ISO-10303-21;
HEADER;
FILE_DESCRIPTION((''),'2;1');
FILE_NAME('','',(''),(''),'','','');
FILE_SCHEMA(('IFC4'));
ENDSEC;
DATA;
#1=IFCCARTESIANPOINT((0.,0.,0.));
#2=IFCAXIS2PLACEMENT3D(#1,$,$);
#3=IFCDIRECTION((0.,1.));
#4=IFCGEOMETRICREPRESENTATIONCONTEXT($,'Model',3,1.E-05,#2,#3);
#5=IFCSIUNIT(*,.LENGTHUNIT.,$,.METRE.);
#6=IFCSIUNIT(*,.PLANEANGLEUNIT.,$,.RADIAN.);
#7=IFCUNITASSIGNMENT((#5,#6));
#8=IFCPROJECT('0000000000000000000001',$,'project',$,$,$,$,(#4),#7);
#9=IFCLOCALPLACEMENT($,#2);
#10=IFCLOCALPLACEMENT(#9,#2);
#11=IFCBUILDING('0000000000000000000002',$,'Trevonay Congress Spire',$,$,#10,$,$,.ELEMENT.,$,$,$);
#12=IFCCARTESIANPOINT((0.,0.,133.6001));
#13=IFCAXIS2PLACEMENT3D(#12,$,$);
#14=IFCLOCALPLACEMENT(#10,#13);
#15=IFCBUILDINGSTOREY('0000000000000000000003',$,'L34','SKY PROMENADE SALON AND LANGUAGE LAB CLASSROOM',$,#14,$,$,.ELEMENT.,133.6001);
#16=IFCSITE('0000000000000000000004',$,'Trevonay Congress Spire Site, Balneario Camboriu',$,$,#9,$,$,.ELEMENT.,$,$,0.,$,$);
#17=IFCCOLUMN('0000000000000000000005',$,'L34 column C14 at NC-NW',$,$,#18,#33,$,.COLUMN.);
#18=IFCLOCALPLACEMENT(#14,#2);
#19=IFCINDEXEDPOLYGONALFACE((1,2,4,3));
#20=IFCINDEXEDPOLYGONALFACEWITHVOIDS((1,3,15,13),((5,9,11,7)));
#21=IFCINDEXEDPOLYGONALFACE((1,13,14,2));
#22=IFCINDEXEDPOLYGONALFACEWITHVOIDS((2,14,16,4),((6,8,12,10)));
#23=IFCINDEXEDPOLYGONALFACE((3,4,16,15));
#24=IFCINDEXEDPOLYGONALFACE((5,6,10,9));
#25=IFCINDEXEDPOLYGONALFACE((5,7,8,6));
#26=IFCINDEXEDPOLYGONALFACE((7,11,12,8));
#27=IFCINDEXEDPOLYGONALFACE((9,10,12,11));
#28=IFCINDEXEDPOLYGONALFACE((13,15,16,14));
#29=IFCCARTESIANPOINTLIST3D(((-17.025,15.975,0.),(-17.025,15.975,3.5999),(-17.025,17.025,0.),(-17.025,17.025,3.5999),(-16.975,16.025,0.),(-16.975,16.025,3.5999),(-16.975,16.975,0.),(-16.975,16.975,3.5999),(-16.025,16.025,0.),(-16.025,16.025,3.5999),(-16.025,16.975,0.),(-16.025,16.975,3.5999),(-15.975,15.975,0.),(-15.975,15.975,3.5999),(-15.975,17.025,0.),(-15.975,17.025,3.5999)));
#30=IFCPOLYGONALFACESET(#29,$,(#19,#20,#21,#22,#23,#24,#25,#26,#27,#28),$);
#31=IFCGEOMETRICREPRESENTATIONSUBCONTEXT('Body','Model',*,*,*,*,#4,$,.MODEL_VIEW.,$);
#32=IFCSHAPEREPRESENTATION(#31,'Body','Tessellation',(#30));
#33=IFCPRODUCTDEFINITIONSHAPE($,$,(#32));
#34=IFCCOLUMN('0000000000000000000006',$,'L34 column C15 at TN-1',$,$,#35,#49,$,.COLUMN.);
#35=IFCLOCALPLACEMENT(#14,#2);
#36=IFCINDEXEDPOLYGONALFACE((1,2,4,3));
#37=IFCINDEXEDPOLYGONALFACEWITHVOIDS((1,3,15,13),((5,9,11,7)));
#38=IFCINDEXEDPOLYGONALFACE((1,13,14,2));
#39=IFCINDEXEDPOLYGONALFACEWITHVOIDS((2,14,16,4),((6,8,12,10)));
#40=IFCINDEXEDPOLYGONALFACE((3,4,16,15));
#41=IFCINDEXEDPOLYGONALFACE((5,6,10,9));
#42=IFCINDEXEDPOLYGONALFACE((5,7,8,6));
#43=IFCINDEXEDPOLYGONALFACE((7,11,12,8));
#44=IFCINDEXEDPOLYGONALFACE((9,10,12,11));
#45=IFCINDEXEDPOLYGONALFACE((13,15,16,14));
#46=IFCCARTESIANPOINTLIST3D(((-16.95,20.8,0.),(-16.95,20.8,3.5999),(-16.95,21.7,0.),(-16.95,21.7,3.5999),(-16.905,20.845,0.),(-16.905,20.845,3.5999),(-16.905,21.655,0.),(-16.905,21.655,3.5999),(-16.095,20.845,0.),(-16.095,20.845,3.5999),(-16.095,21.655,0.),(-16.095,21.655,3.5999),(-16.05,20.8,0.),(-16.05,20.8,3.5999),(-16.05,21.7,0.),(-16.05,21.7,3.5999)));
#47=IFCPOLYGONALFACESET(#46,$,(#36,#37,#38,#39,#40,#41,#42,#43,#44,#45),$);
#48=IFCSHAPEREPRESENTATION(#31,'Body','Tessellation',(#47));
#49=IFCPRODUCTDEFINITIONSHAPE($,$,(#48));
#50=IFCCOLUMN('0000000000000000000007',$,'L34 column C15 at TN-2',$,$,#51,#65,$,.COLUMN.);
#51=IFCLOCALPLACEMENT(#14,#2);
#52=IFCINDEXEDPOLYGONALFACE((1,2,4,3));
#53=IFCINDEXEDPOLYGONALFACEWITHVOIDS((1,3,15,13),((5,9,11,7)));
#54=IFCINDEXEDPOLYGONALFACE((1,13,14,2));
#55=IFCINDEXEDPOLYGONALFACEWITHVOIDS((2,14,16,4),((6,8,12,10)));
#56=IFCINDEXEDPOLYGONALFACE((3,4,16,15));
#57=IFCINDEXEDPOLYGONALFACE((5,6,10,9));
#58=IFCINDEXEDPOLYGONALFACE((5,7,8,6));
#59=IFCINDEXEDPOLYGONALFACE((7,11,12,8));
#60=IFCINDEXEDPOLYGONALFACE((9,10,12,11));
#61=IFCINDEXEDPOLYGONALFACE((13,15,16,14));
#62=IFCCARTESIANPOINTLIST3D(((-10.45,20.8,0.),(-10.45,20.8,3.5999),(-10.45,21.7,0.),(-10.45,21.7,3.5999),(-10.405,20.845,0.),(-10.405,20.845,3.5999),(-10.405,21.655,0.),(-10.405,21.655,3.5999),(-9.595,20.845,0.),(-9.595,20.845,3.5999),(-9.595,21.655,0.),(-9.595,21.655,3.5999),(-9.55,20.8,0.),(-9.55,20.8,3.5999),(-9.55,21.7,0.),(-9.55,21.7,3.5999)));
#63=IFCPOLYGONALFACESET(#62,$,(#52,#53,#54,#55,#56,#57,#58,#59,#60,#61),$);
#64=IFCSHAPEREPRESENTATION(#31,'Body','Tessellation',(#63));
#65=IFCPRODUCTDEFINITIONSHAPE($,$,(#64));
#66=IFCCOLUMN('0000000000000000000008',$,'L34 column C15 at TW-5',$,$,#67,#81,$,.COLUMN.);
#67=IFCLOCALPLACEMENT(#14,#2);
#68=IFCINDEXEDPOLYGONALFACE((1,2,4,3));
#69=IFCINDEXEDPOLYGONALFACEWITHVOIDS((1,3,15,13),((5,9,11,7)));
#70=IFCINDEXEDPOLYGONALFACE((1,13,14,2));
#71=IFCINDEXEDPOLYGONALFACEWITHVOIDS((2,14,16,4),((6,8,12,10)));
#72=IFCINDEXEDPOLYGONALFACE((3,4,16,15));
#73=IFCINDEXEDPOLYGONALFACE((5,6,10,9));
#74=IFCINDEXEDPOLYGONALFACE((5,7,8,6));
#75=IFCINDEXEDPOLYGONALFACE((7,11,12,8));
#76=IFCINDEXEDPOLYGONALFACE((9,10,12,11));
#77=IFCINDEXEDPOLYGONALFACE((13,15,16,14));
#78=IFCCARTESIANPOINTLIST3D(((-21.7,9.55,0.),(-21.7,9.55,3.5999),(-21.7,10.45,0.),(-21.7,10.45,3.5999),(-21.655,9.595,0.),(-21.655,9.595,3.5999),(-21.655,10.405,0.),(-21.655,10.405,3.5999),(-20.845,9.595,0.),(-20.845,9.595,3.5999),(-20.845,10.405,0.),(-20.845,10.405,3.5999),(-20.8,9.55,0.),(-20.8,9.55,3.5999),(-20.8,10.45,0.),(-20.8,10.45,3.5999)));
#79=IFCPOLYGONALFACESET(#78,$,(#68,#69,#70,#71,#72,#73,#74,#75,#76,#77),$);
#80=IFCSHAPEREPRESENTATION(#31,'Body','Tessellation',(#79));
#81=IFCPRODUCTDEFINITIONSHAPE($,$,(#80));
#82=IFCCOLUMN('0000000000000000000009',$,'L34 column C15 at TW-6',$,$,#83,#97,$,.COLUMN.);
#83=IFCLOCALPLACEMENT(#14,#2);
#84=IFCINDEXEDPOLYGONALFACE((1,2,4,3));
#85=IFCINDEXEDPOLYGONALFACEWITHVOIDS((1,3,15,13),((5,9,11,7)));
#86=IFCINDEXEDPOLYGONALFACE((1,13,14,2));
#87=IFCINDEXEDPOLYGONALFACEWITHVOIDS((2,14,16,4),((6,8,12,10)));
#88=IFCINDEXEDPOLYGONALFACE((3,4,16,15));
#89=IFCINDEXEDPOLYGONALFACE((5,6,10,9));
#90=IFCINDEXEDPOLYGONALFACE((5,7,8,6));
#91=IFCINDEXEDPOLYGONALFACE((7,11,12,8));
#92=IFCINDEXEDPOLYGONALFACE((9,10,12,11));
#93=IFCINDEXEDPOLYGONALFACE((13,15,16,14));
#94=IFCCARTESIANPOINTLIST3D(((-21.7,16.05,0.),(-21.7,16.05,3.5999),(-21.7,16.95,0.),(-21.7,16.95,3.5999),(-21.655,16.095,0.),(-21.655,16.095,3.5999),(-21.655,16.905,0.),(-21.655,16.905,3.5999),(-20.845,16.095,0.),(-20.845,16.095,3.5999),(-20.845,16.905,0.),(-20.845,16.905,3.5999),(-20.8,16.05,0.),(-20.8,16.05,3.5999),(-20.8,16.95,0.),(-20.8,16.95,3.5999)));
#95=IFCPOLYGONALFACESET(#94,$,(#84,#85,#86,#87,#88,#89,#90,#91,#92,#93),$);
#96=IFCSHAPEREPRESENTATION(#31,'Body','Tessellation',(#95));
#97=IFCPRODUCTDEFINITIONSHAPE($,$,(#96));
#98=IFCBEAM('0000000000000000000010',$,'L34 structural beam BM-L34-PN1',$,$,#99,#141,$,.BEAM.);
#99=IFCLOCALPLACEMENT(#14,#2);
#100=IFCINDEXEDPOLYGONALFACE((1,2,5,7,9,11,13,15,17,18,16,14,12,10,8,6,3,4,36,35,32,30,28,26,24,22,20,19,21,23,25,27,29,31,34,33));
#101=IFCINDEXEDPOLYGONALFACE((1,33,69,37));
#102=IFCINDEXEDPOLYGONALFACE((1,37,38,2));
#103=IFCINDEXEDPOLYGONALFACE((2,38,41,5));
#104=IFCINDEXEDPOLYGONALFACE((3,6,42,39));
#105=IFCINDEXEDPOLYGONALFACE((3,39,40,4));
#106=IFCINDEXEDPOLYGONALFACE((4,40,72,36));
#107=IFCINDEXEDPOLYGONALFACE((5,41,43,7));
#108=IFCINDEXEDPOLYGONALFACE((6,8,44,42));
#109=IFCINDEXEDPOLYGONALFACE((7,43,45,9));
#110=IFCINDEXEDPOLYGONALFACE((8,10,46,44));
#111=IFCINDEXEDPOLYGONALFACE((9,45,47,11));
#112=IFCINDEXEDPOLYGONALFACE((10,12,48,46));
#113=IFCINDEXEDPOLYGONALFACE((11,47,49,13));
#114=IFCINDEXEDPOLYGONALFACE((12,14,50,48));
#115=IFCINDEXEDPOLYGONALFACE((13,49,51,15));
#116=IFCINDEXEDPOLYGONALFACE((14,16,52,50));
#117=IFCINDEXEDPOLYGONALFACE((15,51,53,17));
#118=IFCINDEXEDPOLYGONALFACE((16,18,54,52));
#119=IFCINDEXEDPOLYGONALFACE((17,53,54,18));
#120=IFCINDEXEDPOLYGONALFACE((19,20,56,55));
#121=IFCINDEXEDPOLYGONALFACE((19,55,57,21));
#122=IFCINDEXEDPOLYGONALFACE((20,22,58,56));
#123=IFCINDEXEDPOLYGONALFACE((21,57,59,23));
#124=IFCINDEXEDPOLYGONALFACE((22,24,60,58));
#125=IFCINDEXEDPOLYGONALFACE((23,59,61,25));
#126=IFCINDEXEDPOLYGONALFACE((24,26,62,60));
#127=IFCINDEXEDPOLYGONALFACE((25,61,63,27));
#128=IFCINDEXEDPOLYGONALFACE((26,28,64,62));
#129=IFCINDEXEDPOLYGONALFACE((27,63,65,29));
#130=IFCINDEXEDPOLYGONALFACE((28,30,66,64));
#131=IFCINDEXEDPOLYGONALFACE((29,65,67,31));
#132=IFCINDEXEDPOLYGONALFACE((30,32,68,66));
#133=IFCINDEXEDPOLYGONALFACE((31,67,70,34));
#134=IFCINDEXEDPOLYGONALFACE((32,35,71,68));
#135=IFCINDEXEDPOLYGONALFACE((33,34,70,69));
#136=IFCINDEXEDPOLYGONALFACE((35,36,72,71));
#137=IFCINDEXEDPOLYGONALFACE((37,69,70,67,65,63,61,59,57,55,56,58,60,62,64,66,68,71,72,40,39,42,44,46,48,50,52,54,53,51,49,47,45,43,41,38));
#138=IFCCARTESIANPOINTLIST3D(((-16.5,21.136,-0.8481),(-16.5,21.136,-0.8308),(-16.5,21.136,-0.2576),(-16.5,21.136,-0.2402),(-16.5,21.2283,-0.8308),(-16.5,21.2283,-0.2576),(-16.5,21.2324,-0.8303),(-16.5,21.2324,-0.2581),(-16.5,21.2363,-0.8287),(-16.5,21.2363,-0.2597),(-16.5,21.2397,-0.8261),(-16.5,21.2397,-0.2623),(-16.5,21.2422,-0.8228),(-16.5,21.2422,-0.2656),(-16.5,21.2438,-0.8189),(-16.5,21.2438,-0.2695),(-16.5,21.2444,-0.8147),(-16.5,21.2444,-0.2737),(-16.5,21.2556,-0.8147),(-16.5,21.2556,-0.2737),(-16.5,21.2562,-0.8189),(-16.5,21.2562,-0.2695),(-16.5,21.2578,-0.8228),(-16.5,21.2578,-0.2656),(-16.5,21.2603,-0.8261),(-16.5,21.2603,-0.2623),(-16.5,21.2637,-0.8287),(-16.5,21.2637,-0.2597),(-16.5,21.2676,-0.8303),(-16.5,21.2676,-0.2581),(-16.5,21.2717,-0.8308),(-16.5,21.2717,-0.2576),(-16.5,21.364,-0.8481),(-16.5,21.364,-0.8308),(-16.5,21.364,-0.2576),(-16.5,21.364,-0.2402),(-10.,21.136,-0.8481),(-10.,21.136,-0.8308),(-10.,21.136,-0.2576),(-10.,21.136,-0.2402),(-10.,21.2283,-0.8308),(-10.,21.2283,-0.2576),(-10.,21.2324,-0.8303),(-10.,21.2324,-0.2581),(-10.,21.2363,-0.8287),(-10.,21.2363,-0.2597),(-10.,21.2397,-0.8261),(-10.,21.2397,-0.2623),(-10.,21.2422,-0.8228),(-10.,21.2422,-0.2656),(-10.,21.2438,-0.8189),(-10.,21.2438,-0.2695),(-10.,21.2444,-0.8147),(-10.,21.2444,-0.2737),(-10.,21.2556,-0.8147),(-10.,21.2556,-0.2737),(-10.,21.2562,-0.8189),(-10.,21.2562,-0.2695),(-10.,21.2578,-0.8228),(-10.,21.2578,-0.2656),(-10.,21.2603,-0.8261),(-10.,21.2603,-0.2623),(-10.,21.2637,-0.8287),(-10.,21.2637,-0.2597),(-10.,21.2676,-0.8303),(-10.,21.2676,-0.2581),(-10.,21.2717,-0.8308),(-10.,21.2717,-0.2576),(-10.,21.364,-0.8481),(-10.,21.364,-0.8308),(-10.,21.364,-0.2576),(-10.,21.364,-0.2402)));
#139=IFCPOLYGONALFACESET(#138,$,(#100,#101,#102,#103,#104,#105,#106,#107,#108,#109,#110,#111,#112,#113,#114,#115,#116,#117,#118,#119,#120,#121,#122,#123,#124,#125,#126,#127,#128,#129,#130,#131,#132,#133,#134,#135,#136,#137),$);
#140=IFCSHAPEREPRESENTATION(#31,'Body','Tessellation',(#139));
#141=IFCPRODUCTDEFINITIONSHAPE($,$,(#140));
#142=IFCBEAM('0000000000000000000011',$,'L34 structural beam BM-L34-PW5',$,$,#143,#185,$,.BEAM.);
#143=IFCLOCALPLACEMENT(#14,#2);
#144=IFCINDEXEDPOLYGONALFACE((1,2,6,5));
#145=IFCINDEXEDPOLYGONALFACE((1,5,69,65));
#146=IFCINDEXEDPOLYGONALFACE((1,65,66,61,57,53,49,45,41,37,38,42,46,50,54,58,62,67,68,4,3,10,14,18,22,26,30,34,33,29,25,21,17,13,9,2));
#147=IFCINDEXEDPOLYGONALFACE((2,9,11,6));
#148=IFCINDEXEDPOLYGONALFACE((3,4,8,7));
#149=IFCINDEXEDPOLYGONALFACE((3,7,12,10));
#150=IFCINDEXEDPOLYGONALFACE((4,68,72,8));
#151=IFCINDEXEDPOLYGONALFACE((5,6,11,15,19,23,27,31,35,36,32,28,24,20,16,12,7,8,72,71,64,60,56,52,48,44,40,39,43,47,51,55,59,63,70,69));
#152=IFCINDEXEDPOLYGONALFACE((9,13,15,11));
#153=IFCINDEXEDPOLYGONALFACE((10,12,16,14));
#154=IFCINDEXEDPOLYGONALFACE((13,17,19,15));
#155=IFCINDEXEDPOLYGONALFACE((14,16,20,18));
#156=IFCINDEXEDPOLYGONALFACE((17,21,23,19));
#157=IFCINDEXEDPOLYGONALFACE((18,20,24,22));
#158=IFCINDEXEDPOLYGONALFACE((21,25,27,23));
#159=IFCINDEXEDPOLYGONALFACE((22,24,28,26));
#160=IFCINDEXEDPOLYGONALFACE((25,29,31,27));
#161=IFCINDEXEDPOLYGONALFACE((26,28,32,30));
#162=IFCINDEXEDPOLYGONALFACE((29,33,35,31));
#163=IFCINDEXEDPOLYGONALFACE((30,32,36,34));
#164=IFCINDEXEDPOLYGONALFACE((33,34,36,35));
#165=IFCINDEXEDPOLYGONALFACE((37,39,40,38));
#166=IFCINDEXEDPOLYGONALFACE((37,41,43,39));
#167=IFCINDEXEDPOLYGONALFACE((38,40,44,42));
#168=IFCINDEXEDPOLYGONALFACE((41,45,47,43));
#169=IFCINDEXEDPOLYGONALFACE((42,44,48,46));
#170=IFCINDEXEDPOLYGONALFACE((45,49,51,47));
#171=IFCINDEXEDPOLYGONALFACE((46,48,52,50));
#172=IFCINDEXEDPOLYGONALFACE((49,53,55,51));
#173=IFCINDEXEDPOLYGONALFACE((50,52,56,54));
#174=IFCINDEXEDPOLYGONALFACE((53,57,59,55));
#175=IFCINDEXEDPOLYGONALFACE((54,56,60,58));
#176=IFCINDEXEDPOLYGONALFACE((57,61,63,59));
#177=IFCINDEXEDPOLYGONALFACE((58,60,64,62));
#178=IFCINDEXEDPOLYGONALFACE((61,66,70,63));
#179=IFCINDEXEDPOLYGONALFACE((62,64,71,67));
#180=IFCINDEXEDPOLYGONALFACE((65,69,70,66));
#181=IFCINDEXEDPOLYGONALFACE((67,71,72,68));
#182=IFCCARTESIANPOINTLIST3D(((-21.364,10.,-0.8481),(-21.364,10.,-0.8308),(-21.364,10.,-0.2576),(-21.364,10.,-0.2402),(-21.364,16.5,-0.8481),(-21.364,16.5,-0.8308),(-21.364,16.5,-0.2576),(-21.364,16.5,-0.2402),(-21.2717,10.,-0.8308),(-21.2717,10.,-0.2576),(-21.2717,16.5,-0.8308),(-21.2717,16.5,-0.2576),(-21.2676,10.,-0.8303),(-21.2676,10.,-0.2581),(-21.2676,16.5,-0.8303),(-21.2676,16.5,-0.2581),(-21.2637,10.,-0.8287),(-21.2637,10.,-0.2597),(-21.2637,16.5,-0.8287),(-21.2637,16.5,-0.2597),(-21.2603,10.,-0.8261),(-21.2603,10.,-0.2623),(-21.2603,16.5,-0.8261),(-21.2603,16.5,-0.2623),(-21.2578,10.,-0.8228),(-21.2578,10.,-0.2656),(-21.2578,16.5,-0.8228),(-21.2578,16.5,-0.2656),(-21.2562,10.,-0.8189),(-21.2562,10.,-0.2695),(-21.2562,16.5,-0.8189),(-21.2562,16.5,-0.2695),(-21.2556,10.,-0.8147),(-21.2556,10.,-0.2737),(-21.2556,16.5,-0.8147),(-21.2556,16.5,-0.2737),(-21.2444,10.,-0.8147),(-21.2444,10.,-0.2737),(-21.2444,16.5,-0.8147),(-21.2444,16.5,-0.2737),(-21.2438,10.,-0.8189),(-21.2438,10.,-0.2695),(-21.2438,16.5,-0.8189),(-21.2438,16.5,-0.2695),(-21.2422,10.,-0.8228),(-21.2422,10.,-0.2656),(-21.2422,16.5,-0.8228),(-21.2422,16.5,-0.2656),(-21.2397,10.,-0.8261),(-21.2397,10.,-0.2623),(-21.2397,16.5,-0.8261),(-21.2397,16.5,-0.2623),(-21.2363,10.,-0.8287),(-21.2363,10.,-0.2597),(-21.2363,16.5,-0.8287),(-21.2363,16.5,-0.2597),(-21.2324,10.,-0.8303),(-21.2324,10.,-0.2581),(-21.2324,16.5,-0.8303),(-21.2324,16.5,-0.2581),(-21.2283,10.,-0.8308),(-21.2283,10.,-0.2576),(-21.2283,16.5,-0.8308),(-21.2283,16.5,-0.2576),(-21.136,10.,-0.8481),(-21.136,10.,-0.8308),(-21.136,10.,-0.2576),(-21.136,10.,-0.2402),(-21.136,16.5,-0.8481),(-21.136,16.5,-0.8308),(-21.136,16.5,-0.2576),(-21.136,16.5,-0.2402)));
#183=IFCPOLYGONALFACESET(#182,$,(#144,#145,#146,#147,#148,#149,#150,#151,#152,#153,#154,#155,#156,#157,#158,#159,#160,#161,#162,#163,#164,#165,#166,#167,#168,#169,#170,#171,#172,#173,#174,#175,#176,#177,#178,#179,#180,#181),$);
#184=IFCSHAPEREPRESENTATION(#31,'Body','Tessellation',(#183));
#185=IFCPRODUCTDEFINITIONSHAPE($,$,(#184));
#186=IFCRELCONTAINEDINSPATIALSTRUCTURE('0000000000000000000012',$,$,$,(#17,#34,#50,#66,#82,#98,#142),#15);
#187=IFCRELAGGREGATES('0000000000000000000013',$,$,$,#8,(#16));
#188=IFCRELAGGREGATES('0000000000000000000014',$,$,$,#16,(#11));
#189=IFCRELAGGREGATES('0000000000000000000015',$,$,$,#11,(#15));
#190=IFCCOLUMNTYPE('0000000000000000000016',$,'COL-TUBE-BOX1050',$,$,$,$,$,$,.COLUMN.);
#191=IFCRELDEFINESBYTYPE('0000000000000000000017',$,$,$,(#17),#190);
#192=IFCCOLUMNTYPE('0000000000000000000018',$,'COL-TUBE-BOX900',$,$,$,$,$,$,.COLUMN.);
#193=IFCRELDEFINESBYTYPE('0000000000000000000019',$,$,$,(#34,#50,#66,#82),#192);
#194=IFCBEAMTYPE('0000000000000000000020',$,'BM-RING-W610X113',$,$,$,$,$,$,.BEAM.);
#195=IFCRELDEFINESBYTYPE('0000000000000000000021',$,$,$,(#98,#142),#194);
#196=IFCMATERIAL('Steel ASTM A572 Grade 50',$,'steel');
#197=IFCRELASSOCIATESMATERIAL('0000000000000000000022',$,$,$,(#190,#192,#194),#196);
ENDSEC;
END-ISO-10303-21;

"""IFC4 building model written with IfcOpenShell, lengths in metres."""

from ifc_helpers import new_model, si_unit, direction, frame, origin, origin_2d, place, context, subcontext, project, spatial, hollow_rectangle, i_section, extrude, material, material_profile, profile_set, type_object, element, save


model = new_model("IFC4")

# Units and contexts
model_context = context("Model", 3, precision=1e-05, world=origin(), true_north=direction((0.0, 1.0)))
body_context = subcontext(model_context, "Body", "Model", "MODEL_VIEW")
ifc_project = project(units=[si_unit("LENGTHUNIT", "METRE"), si_unit("PLANEANGLEUNIT", "RADIAN")], contexts=[model_context])

# Site, building, storey
site_placement = place(None, origin())
site = spatial("IfcSite", under=ifc_project, at=site_placement, Name="Trevonay Congress Spire Site, Balneario Camboriu", CompositionType="ELEMENT", RefElevation=0.0)
building_placement = place(site_placement, origin())
building = spatial("IfcBuilding", under=site, at=building_placement, Name="Trevonay Congress Spire", CompositionType="ELEMENT")
storey_placement = place(building_placement, frame((0.0, 0.0, 133.6001)))
storey = spatial("IfcBuildingStorey", under=building, at=storey_placement, Name="L34", Description="SKY PROMENADE SALON AND LANGUAGE LAB CLASSROOM", CompositionType="ELEMENT", Elevation=133.6001)

# Columns
ifc_material_1 = material(Name="Steel ASTM A572 Grade 50", Category="steel")
ifc_material_profile_1 = material_profile(ifc_material_1, hollow_rectangle(XDim=1.05, YDim=1.05, WallThickness=0.05, at=origin_2d()), Name="BOX 1050x1050x50")
ifc_profile_set_1 = profile_set([ifc_material_profile_1], Name="Steel ASTM A572 Grade 50")
column_type_1 = type_object("IfcColumnType", Name="COL-TUBE-BOX1050", PredefinedType="COLUMN", material=ifc_profile_set_1)
column_placement = place(storey_placement, frame((-16.5, 16.5, 0.0), z_axis=(0.0, 0.0, 1.0), x_axis=(1.0, 0.0, 0.0)))
element("IfcColumn", 1, at=column_placement, inside=storey, type_object=column_type_1, Name="L34 column C14 at NC-NW", PredefinedType="COLUMN", context=body_context, shape_type="SweptSolid", body=[
    extrude(hollow_rectangle(XDim=1.05, YDim=1.05, WallThickness=0.05, at=origin_2d()), origin(), (0.0, 0.0, 1.0), 3.5999),
])
ifc_material_profile_2 = material_profile(ifc_material_1, hollow_rectangle(XDim=0.8999, YDim=0.8999, WallThickness=0.0449, at=origin_2d()), Name="BOX 900x900x45")
ifc_profile_set_2 = profile_set([ifc_material_profile_2], Name="Steel ASTM A572 Grade 50")
column_type_2 = type_object("IfcColumnType", Name="COL-TUBE-BOX900", PredefinedType="COLUMN", material=ifc_profile_set_2)
for number, where, z_axis, x_axis, name in (
    (2, (-16.5, 21.25, 0.0), (0.0, 0.0, 1.0), (1.0, 0.0, 0.0), "L34 column C15 at TN-1"),
    (3, (-10.0, 21.25, 0.0), (0.0, 0.0, 1.0), (1.0, 0.0, 0.0), "L34 column C15 at TN-2"),
    (4, (-21.25, 10.0, 0.0), (0.0, 0.0, 1.0), (1.0, 0.0, 0.0), "L34 column C15 at TW-5"),
    (5, (-21.25, 16.5, 0.0), (0.0, 0.0, 1.0), (1.0, 0.0, 0.0), "L34 column C15 at TW-6"),
):
    element("IfcColumn", number, at=place(storey_placement, frame(where, z_axis=z_axis, x_axis=x_axis)), inside=storey, type_object=column_type_2, Name=name, PredefinedType="COLUMN", context=body_context, shape_type="SweptSolid", body=[
        extrude(hollow_rectangle(XDim=0.8999, YDim=0.8999, WallThickness=0.0449, at=origin_2d()), origin(), (0.0, 0.0, 1.0), 3.5999),
    ])

# Beams
ifc_material_profile_3 = material_profile(ifc_material_1, i_section(OverallWidth=0.228, OverallDepth=0.6079, WebThickness=0.0112, FlangeThickness=0.0173, FilletRadius=0.0161, at=origin_2d()), Name="W610x113")
ifc_profile_set_3 = profile_set([ifc_material_profile_3], Name="Steel ASTM A572 Grade 50")
beam_type = type_object("IfcBeamType", Name="BM-RING-W610X113", PredefinedType="BEAM", material=ifc_profile_set_3)
for number, where, z_axis, x_axis, name in (
    (6, (-16.5, 21.25, -0.5442), (1.0, 0.0, 0.0), (0.0, 1.0, 0.0), "L34 structural beam BM-L34-PN1"),
    (7, (-21.25, 10.0, -0.5442), (0.0, 1.0, 0.0), (-1.0, 0.0, 0.0), "L34 structural beam BM-L34-PW5"),
):
    element("IfcBeam", number, at=place(storey_placement, frame(where, z_axis=z_axis, x_axis=x_axis)), inside=storey, type_object=beam_type, Name=name, PredefinedType="BEAM", context=body_context, shape_type="SweptSolid", body=[
        extrude(i_section(OverallWidth=0.228, OverallDepth=0.6079, WebThickness=0.0112, FlangeThickness=0.0173, FilletRadius=0.0161, at=origin_2d()), origin(), (0.0, 0.0, 1.0), 6.5),
    ])

save(model, "model.ifc")
